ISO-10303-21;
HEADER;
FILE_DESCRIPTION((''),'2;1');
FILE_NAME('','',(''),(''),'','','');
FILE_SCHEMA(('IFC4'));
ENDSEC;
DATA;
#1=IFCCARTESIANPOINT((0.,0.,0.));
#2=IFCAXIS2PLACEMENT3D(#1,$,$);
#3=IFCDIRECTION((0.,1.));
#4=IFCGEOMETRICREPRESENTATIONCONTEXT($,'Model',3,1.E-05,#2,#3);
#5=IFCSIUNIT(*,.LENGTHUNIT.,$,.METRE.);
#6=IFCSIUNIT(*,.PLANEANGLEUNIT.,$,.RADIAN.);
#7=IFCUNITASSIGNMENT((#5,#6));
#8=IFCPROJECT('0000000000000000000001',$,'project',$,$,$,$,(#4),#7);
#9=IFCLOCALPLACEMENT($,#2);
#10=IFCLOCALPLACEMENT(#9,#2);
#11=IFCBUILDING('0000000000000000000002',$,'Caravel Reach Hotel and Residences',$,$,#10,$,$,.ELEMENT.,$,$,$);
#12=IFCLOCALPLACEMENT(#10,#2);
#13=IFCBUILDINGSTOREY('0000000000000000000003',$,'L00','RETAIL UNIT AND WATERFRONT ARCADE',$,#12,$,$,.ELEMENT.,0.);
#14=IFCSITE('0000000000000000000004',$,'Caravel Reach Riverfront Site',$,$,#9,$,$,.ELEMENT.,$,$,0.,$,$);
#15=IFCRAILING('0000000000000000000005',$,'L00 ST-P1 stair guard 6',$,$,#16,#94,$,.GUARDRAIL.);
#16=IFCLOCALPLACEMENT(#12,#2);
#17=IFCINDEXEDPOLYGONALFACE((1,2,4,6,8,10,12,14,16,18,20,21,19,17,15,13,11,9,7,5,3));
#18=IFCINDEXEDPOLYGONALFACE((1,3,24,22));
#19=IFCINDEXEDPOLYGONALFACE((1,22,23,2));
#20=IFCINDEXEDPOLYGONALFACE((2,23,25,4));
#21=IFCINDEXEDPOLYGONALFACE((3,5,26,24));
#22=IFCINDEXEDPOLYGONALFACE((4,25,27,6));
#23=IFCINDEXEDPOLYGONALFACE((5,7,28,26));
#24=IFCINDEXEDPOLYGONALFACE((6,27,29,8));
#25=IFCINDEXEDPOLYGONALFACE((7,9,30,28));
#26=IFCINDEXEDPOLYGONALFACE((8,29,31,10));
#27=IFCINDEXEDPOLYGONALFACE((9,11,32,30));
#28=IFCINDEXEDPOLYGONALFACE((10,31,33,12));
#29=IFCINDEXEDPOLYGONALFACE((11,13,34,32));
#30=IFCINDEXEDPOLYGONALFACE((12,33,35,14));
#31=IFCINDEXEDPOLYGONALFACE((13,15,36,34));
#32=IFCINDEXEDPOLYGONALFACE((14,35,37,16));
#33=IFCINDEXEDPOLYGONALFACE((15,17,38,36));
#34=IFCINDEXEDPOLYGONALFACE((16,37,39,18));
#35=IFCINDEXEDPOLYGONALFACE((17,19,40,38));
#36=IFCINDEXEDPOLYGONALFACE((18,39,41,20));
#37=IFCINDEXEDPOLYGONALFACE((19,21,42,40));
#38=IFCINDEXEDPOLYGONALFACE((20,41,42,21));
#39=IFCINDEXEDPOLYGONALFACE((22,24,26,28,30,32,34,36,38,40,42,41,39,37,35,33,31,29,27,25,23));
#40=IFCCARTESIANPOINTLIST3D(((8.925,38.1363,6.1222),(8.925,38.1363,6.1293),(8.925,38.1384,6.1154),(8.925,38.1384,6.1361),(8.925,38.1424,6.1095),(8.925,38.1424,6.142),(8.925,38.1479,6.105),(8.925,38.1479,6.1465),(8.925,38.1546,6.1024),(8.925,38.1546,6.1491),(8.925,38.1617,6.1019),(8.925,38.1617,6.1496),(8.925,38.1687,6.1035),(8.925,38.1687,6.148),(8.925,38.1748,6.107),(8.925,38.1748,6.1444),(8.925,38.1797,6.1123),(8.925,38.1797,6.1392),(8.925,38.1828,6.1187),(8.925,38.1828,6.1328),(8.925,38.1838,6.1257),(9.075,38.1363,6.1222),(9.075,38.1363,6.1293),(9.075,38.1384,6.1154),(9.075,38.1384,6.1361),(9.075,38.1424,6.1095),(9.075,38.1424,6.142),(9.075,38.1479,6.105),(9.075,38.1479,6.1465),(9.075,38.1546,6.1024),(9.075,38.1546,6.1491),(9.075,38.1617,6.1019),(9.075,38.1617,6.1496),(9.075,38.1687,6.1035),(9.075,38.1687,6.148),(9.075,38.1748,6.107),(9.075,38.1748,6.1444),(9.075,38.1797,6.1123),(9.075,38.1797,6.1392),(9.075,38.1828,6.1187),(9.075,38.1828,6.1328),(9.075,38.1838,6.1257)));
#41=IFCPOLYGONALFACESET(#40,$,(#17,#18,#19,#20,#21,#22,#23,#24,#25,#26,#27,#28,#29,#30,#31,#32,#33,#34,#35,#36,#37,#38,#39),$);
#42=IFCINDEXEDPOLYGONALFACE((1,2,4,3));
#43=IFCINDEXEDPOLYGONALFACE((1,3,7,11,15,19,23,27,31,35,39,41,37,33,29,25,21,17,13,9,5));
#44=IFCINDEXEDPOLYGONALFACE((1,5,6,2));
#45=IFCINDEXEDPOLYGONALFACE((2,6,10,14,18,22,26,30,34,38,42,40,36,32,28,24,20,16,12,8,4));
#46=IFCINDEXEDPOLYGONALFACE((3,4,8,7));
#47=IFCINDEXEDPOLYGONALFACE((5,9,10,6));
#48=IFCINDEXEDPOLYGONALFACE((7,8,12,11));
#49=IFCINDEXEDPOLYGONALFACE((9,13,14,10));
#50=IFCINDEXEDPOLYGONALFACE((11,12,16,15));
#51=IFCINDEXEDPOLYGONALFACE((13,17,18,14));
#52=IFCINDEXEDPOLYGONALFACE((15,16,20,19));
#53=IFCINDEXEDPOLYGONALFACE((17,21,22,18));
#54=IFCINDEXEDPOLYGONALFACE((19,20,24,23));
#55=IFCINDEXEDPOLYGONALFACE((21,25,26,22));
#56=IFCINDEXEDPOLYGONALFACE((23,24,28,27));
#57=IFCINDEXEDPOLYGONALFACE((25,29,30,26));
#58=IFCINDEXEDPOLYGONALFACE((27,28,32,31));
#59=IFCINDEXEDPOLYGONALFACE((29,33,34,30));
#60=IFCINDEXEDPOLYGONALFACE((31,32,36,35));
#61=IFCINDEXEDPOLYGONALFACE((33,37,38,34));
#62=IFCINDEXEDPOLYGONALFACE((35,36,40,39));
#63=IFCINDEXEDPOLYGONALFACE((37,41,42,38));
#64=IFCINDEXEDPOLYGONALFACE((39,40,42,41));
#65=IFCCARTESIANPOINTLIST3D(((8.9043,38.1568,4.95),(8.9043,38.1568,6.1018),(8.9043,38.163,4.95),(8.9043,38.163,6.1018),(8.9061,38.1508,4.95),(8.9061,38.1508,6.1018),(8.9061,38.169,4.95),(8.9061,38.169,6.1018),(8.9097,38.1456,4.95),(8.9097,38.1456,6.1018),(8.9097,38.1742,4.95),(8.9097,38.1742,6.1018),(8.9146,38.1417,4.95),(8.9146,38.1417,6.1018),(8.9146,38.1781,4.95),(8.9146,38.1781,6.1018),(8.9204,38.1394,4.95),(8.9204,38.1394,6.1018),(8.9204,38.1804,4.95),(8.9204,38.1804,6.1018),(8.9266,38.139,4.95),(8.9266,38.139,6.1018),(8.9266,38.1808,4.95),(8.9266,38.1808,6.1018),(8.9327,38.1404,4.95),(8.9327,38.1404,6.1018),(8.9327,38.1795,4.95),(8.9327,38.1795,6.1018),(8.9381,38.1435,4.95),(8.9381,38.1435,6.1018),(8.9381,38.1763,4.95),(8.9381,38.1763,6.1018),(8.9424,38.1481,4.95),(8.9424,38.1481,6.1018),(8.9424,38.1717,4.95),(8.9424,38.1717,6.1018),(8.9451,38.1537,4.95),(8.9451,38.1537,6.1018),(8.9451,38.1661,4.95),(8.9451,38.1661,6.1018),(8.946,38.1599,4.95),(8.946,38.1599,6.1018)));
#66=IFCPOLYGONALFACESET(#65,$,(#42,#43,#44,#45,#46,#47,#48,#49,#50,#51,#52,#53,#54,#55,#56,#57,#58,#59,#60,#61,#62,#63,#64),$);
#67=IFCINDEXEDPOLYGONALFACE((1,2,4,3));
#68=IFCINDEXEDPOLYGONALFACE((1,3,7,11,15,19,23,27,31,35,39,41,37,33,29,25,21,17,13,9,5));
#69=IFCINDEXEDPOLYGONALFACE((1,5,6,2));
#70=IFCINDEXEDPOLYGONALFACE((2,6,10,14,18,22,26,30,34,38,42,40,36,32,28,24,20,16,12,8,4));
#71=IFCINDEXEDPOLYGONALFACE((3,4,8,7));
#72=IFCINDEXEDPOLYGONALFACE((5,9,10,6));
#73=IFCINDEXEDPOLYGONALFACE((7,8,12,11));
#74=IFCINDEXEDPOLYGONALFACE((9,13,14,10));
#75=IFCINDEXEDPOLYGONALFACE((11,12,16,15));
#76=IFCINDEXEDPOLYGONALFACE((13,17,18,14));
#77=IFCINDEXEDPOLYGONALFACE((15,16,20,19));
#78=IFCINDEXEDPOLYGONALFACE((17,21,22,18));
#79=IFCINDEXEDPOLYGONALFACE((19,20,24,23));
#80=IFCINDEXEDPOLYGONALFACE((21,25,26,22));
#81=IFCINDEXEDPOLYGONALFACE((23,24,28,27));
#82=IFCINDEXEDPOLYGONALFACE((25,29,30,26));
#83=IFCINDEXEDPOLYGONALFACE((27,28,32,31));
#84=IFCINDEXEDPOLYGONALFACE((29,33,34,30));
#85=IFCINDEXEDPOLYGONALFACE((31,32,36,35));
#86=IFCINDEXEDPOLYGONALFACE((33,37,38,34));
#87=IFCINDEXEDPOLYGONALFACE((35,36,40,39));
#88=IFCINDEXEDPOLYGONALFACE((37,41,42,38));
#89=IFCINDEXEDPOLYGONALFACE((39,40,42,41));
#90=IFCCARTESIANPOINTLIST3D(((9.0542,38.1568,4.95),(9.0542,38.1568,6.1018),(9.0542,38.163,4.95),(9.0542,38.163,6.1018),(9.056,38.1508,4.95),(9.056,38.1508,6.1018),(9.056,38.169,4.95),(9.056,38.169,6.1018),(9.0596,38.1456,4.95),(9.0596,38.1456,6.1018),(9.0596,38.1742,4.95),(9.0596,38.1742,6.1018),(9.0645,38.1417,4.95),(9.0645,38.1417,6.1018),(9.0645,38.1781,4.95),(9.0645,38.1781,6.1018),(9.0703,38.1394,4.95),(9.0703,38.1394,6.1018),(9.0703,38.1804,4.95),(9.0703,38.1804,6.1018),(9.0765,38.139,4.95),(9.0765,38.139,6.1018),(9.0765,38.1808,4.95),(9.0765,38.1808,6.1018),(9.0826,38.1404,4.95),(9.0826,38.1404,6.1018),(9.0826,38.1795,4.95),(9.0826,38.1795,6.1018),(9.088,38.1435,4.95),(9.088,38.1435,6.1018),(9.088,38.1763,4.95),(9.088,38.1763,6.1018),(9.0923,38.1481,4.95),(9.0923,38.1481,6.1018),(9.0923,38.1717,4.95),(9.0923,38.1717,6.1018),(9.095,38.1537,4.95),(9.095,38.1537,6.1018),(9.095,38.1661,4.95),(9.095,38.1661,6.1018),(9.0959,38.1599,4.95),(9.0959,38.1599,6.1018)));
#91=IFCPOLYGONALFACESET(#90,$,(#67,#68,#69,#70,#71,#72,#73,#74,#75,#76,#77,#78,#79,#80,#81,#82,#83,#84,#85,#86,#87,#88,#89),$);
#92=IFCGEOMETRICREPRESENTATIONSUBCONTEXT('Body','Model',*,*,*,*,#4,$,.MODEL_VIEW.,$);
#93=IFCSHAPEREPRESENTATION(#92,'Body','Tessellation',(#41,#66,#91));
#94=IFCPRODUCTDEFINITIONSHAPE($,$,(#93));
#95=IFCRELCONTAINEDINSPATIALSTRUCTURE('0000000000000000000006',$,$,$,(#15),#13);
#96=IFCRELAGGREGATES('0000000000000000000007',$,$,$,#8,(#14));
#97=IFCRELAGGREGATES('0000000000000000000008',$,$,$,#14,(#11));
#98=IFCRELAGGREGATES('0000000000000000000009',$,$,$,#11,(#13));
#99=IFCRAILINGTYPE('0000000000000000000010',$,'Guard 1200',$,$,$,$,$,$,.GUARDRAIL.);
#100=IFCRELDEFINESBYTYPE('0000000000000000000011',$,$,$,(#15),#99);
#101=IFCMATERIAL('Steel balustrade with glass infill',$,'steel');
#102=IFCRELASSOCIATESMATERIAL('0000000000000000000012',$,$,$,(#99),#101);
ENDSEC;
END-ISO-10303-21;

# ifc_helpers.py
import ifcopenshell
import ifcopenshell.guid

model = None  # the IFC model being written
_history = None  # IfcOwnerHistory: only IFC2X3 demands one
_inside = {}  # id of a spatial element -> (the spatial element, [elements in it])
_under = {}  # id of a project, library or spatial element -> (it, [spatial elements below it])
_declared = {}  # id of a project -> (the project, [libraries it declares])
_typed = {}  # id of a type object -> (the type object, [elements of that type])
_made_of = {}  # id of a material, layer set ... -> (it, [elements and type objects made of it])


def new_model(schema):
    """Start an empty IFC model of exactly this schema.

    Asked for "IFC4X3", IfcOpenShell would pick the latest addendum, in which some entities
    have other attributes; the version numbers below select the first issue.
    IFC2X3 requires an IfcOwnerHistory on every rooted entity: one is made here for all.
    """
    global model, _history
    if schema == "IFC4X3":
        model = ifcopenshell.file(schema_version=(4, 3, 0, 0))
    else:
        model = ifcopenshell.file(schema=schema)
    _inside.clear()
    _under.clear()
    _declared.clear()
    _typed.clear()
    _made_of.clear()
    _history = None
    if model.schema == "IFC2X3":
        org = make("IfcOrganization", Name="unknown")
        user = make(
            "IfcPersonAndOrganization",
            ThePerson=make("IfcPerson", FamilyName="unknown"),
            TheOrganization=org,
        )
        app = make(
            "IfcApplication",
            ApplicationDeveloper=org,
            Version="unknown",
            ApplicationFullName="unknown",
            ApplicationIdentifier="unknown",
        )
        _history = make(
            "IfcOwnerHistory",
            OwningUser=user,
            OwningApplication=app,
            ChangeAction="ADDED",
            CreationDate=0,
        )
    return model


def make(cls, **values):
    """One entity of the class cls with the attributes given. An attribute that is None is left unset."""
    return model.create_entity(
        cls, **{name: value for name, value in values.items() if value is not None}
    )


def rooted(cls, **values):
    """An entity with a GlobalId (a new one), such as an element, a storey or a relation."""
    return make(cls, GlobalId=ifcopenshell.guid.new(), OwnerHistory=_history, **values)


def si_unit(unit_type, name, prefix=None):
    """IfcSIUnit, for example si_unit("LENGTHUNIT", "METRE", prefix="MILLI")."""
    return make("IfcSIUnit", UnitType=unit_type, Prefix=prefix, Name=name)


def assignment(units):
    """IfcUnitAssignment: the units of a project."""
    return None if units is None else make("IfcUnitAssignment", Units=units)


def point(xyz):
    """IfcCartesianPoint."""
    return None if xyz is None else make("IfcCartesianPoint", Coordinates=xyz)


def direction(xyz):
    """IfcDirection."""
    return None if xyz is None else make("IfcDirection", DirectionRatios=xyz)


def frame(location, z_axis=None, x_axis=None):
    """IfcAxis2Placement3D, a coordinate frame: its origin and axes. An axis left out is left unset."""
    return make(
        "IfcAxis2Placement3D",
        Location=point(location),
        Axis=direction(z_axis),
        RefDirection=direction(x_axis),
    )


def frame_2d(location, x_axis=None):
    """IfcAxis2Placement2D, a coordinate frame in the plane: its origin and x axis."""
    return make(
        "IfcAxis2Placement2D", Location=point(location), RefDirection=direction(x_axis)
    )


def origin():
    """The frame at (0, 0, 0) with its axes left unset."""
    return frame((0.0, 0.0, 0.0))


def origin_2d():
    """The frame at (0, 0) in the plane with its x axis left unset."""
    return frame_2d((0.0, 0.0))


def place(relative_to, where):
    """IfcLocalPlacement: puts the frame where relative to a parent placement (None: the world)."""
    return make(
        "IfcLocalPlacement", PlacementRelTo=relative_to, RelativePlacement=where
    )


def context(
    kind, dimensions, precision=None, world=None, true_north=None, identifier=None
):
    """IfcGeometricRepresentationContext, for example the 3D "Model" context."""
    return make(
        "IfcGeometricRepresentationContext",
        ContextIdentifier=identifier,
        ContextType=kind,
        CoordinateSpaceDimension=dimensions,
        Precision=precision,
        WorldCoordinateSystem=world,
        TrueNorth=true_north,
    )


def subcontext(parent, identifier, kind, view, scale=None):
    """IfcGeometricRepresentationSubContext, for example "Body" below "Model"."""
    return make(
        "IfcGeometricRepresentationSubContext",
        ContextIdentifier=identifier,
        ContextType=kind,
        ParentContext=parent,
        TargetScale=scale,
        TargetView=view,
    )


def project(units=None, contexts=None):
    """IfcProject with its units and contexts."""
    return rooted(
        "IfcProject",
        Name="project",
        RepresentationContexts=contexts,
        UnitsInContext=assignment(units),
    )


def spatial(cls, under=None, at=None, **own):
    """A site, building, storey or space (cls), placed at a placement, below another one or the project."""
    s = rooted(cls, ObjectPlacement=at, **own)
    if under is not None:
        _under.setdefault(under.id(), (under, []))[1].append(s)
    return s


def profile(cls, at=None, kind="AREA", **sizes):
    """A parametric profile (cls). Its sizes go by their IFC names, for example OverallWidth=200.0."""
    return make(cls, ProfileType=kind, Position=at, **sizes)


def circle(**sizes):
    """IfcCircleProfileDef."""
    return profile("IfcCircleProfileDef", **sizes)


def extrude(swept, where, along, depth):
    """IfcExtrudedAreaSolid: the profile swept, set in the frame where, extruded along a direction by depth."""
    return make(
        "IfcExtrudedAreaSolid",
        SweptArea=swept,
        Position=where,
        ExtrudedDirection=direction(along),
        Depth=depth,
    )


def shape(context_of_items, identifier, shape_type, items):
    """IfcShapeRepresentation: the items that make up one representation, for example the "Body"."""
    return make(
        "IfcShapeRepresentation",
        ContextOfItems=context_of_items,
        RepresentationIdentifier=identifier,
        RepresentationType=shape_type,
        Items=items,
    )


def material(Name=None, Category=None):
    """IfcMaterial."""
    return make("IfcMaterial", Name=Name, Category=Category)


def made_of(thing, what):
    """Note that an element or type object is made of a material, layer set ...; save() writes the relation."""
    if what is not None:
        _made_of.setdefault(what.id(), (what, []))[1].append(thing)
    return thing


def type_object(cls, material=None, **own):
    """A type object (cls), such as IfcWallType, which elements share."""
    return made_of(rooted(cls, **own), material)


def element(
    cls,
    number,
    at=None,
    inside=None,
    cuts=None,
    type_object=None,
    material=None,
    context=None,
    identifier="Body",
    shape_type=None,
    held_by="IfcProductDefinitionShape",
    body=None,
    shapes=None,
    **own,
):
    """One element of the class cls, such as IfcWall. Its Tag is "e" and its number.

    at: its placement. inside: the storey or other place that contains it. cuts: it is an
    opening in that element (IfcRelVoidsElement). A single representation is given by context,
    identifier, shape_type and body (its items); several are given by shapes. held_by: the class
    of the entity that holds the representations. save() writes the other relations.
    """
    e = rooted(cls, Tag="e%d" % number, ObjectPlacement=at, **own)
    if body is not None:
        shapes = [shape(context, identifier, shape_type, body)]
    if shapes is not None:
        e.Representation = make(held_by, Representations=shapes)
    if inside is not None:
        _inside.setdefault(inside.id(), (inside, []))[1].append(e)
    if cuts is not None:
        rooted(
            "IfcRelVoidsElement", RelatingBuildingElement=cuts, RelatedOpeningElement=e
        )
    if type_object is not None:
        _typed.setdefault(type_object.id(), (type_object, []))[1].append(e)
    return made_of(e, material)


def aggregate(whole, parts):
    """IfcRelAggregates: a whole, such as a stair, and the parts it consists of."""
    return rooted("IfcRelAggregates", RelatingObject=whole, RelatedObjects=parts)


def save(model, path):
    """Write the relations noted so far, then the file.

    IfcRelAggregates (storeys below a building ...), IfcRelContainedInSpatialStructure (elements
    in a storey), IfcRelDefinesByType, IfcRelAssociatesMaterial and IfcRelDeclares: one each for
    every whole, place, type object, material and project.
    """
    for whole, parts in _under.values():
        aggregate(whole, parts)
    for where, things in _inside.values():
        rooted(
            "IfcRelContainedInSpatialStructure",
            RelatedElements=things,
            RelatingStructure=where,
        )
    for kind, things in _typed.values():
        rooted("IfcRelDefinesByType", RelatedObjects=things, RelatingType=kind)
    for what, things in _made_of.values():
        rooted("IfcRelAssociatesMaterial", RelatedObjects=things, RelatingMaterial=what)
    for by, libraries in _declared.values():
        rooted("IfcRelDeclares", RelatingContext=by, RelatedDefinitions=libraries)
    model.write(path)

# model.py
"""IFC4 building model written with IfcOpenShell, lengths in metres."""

from ifc_helpers import new_model, si_unit, direction, frame, origin, origin_2d, place, context, subcontext, project, spatial, circle, extrude, material, type_object, element, save


model = new_model("IFC4")

# Units and contexts
model_context = context("Model", 3, precision=1e-05, world=origin(), true_north=direction((0.0, 1.0)))
body_context = subcontext(model_context, "Body", "Model", "MODEL_VIEW")
ifc_project = project(units=[si_unit("LENGTHUNIT", "METRE"), si_unit("PLANEANGLEUNIT", "RADIAN")], contexts=[model_context])

# Site, building, storey
site_placement = place(None, origin())
site = spatial("IfcSite", under=ifc_project, at=site_placement, Name="Caravel Reach Riverfront Site", CompositionType="ELEMENT", RefElevation=0.0)
building_placement = place(site_placement, origin())
building = spatial("IfcBuilding", under=site, at=building_placement, Name="Caravel Reach Hotel and Residences", CompositionType="ELEMENT")
storey_placement = place(building_placement, origin())
storey = spatial("IfcBuildingStorey", under=building, at=storey_placement, Name="L00", Description="RETAIL UNIT AND WATERFRONT ARCADE", CompositionType="ELEMENT", Elevation=0.0)

# Railing
ifc_material_1 = material(Name="Steel balustrade with glass infill", Category="steel")
railing_type_1 = type_object("IfcRailingType", Name="Guard 1200", PredefinedType="GUARDRAIL", material=ifc_material_1)
railing_1_placement = place(storey_placement, frame((8.925, 38.1599, 4.95)))
element("IfcRailing", 1, at=railing_1_placement, inside=storey, type_object=railing_type_1, Name="L00 ST-P1 stair guard 6", PredefinedType="GUARDRAIL", context=body_context, shape_type="SweptSolid", body=[
    extrude(circle(Radius=0.0239, at=origin_2d()), frame((0.0, 0.0, 1.1758), z_axis=(1.0, 0.0, 0.0), x_axis=(0.0, 1.0, 0.0)), (0.0, 0.0, 1.0), 0.1499),
    extrude(circle(Radius=0.021, at=origin_2d()), origin(), (0.0, 0.0, 1.0), 1.1519),
    extrude(circle(Radius=0.021, at=origin_2d()), frame((0.1499, 0.0, 0.0)), (0.0, 0.0, 1.0), 1.1519),
])

save(model, "model.ifc")
